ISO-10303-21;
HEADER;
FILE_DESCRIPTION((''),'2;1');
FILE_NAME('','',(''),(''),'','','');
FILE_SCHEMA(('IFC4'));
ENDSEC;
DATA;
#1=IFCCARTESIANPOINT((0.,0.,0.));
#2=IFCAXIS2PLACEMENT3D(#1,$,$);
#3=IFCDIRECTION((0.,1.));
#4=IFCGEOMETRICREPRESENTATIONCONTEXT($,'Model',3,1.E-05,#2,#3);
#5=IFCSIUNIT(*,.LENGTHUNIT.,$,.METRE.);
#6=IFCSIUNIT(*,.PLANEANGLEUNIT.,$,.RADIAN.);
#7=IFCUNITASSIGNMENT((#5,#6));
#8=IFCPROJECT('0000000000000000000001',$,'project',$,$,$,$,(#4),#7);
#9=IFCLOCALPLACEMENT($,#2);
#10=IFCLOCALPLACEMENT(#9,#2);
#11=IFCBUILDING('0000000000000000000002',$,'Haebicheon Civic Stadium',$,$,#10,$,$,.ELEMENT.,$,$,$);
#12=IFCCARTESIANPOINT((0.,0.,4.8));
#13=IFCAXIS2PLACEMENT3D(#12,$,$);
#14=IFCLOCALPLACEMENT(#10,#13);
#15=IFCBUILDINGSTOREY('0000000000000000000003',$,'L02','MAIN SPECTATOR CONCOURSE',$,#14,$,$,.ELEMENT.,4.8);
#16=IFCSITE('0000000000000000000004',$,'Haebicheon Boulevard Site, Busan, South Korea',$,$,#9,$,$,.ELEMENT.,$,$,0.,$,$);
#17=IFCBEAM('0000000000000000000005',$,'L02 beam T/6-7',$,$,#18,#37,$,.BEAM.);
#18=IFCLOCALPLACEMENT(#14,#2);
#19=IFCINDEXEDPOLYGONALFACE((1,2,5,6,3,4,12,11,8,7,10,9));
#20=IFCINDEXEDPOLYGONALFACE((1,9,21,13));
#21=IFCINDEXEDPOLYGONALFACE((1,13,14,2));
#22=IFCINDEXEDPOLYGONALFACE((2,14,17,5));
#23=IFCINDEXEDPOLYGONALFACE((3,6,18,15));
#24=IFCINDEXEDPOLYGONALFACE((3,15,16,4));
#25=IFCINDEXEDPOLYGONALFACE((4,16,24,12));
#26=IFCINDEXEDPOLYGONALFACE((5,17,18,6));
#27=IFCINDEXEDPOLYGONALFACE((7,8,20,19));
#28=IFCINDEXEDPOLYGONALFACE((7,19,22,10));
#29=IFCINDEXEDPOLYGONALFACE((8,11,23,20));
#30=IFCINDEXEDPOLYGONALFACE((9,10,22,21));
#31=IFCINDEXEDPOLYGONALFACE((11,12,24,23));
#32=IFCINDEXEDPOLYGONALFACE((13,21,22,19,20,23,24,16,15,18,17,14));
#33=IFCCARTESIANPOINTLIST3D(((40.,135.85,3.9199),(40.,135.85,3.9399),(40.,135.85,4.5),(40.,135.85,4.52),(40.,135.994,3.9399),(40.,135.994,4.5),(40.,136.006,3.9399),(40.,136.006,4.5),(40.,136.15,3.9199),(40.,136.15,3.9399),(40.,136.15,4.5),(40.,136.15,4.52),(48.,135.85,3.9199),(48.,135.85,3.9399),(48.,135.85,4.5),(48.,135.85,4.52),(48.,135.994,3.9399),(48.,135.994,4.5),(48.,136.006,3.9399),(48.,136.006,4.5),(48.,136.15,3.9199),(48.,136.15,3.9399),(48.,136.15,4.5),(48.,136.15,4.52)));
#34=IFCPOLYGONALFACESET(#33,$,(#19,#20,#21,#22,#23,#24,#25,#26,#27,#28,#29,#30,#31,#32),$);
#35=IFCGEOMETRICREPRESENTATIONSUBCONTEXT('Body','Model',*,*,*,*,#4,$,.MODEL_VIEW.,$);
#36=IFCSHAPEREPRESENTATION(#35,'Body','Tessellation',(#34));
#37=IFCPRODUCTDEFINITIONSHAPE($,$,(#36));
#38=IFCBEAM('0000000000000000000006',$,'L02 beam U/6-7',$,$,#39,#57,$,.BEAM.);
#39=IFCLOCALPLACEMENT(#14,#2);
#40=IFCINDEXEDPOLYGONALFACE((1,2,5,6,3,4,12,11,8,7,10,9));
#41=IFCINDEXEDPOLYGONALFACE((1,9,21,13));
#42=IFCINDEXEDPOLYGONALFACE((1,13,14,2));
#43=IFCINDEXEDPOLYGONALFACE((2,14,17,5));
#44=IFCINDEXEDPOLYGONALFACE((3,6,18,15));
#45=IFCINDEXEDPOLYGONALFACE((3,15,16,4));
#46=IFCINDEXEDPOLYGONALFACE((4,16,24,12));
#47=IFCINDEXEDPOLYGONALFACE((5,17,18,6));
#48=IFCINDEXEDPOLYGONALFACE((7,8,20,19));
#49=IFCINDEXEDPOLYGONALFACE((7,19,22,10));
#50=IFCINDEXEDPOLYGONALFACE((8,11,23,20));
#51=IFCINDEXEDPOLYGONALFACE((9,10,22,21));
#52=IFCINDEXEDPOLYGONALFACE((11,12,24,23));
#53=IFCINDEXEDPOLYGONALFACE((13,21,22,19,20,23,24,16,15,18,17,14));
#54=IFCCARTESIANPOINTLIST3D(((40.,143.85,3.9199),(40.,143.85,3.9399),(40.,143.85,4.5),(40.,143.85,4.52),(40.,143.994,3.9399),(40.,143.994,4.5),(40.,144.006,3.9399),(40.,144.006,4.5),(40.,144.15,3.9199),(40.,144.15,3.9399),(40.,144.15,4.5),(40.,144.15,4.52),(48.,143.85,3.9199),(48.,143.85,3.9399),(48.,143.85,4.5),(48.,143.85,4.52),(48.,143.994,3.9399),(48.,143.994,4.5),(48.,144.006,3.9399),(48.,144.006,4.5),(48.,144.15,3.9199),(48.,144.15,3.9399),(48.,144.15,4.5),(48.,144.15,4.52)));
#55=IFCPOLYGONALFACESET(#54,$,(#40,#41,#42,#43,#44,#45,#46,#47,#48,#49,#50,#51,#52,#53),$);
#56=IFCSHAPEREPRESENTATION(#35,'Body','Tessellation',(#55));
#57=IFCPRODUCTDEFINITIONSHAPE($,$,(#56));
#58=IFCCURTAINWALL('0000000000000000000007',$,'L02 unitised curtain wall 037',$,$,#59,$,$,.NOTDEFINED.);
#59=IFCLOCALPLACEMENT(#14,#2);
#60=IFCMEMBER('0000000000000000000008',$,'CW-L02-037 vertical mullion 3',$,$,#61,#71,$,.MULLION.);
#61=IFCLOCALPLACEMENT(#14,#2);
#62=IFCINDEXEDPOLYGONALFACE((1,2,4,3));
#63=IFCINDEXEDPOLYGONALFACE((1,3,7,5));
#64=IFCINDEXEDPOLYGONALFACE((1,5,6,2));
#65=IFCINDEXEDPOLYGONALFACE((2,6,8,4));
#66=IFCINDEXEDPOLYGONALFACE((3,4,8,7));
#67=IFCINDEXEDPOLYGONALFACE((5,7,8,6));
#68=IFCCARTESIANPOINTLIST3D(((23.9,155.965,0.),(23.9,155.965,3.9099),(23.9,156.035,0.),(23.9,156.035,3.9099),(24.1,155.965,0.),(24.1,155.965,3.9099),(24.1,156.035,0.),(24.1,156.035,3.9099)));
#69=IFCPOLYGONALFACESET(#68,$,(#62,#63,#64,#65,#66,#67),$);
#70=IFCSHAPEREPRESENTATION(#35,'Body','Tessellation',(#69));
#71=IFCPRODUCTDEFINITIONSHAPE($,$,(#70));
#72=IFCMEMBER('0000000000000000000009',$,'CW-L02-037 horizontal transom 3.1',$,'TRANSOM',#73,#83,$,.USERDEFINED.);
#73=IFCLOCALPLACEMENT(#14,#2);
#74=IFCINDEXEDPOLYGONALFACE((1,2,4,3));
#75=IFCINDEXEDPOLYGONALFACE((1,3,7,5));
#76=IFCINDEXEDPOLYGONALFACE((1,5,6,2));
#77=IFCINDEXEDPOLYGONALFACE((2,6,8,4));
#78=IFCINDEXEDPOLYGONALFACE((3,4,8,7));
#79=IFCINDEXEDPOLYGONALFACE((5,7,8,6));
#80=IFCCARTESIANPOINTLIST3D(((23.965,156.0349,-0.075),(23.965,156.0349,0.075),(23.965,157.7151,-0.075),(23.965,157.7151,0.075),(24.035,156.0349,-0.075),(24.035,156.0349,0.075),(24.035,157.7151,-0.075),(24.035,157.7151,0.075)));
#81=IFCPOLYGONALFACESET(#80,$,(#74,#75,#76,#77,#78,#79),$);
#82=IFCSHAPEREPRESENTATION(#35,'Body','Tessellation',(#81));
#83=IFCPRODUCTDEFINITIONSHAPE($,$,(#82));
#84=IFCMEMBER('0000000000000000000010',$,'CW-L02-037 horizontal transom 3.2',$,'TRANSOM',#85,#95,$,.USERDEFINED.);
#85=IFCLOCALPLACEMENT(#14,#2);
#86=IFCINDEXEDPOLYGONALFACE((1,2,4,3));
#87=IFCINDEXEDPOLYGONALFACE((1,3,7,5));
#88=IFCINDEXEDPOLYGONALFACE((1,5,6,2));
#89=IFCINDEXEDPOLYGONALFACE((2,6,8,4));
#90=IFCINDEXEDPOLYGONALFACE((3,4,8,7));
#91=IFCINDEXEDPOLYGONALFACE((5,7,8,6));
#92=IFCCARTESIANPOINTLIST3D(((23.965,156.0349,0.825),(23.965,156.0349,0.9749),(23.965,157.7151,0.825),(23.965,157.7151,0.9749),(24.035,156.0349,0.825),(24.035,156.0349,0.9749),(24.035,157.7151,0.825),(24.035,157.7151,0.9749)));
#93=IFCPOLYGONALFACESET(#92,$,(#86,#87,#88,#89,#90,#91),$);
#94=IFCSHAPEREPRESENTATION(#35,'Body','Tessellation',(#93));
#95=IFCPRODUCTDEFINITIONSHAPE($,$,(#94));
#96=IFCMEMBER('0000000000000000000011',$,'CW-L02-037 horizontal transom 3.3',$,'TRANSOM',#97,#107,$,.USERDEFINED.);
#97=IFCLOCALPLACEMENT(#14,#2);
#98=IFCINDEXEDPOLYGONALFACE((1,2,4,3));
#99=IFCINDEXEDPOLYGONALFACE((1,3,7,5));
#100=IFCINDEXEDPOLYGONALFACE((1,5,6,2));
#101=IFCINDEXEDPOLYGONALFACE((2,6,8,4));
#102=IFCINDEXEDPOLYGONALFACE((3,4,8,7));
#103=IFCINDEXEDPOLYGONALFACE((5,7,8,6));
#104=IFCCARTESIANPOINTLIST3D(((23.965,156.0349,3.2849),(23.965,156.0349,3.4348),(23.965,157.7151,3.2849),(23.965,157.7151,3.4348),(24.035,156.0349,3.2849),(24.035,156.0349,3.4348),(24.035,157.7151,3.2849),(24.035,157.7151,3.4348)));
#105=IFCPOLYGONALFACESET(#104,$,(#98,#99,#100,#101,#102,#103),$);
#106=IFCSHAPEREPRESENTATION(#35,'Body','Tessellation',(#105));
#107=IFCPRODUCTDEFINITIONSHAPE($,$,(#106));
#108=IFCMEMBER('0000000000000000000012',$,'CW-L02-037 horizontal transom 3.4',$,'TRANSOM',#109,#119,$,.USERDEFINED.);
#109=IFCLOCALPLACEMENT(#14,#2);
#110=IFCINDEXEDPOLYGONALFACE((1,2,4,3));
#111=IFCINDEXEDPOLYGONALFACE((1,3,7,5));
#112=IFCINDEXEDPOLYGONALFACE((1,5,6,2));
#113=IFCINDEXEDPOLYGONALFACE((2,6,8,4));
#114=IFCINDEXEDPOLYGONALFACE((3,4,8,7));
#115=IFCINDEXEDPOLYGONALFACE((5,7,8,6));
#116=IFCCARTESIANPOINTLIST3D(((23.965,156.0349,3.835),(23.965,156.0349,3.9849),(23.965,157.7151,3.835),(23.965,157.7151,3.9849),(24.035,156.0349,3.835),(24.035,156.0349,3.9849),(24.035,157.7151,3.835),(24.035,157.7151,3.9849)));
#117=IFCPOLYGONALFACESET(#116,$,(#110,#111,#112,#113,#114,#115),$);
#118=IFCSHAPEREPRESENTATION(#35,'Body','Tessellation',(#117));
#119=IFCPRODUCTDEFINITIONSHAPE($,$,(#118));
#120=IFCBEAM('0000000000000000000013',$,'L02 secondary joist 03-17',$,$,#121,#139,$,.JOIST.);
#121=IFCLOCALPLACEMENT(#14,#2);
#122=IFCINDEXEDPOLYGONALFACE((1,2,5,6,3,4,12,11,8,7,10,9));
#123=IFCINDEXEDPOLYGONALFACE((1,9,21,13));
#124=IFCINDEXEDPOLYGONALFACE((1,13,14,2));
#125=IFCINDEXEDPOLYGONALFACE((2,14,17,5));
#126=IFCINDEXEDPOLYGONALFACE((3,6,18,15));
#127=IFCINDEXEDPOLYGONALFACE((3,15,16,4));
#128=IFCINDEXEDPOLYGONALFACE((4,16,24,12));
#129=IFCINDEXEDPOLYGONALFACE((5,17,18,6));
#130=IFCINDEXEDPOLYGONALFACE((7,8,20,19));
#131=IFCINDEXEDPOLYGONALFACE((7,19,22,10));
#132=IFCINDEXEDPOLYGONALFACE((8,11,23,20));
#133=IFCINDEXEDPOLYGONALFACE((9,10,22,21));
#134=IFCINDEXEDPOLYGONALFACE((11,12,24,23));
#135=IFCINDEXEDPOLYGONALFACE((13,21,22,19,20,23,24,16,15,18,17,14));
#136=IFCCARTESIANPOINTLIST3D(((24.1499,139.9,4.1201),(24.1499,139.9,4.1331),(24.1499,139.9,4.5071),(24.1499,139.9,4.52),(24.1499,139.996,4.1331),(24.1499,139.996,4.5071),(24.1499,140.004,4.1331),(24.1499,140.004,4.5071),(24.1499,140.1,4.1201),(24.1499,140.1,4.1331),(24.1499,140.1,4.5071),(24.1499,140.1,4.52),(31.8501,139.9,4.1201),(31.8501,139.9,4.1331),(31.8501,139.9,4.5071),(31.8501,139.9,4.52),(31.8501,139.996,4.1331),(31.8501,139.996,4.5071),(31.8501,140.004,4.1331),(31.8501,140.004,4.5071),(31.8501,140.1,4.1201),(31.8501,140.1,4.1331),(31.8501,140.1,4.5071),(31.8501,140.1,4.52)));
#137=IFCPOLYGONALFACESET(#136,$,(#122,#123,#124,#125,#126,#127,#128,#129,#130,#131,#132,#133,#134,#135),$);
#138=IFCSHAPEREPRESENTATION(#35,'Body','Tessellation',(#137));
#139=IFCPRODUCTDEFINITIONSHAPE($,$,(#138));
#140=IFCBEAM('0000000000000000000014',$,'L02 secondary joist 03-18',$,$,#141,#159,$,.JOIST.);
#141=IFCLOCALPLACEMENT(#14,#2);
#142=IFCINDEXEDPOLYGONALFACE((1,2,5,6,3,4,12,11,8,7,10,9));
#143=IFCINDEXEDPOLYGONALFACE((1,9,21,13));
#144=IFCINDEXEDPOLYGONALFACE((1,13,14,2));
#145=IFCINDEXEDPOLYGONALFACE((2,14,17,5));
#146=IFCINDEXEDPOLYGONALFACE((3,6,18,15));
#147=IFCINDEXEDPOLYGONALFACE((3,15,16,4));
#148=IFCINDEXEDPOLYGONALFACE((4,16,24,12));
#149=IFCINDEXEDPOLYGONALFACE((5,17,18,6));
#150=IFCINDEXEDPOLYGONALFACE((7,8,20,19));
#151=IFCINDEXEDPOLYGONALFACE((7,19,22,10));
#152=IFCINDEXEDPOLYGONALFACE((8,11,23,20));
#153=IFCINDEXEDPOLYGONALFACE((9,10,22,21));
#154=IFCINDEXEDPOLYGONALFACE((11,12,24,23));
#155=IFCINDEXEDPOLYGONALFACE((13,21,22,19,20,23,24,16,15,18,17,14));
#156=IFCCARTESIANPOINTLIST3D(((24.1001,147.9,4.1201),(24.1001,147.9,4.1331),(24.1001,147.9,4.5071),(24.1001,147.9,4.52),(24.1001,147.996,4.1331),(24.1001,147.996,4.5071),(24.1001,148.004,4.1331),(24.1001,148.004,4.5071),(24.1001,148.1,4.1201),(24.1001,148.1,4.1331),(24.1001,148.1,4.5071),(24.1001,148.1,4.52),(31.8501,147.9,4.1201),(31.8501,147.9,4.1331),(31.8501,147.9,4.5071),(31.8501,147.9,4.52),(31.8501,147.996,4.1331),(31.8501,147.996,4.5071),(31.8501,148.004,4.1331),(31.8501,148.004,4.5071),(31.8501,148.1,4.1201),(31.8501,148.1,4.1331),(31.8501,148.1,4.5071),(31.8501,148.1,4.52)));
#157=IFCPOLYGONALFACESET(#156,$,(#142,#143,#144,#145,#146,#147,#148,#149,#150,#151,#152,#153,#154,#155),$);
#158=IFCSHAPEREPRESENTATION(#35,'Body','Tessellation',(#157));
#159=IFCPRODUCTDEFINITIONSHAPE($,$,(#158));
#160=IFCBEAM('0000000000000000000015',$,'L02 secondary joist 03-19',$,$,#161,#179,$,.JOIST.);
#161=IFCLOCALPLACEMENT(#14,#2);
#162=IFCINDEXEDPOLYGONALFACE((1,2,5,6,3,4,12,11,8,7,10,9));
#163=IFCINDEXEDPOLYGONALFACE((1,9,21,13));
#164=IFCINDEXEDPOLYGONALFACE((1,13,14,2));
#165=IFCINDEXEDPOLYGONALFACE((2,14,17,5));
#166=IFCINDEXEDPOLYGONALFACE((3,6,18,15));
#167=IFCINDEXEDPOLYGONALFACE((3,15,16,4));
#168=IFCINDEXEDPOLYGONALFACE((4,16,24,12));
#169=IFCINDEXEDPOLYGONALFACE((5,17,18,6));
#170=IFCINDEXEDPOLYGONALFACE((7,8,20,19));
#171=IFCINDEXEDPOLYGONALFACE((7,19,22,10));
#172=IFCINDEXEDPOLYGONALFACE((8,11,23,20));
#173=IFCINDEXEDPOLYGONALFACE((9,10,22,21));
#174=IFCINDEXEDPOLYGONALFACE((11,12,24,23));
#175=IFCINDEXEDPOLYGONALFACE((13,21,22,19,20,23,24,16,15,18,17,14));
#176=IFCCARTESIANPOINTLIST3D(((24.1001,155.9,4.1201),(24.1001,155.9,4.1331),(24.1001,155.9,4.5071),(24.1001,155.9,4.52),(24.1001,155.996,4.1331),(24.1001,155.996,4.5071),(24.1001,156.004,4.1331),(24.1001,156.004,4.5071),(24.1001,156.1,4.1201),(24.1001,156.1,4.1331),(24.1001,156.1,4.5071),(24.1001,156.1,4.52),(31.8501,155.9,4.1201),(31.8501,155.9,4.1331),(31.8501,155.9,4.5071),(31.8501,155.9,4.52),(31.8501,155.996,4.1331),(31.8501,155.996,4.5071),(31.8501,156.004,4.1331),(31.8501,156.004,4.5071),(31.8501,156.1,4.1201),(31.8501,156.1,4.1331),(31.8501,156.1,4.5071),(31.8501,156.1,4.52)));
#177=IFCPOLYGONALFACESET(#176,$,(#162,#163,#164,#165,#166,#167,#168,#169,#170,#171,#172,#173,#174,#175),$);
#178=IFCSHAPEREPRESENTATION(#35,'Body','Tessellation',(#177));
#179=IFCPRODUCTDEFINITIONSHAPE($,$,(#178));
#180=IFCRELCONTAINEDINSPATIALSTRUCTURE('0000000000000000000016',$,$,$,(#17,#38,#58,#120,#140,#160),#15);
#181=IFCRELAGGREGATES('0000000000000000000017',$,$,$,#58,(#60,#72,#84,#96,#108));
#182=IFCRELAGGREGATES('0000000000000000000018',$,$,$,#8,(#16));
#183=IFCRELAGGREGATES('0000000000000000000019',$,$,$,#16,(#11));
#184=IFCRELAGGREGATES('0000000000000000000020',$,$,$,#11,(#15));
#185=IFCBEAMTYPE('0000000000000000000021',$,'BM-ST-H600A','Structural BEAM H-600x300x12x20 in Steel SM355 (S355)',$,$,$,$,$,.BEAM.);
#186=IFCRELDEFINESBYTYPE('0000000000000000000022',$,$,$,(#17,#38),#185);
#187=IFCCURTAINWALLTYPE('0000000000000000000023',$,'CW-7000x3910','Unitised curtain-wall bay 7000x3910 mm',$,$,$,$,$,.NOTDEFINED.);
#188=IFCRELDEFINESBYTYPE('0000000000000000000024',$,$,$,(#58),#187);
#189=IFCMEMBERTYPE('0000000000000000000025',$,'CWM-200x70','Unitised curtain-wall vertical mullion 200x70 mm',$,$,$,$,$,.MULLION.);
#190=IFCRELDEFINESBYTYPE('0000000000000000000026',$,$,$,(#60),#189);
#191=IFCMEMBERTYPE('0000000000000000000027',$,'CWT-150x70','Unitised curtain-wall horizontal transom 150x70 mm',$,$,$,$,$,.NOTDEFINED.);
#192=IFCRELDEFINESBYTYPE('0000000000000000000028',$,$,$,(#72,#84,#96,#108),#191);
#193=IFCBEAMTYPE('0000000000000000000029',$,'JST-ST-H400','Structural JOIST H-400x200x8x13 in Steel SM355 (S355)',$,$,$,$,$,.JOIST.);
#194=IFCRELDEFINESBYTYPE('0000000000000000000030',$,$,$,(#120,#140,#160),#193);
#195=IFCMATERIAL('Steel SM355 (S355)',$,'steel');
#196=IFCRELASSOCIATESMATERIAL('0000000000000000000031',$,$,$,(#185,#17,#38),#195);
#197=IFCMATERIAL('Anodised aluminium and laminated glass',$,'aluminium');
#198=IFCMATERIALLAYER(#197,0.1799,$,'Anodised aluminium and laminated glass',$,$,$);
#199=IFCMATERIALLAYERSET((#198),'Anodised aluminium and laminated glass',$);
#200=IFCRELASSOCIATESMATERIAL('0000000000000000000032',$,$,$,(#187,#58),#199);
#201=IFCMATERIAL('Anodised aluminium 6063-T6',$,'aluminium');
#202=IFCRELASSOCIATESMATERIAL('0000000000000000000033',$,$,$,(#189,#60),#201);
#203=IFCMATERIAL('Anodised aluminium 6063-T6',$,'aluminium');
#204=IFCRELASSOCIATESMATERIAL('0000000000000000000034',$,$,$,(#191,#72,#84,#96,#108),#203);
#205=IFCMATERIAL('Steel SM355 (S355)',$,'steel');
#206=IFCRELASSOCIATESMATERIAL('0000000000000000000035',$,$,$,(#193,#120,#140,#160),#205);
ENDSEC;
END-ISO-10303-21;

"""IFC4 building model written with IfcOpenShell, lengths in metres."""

from ifc_helpers import new_model, si_unit, direction, frame, origin, origin_2d, place, context, subcontext, project, spatial, rectangle, i_section, extrude, material, layer, layer_set, material_profile, profile_set, type_object, element, aggregate, save


model = new_model("IFC4")

# Units and contexts
model_context = context("Model", 3, precision=1e-05, world=origin(), true_north=direction((0.0, 1.0)))
body_context = subcontext(model_context, "Body", "Model", "MODEL_VIEW")
ifc_project = project(units=[si_unit("LENGTHUNIT", "METRE"), si_unit("PLANEANGLEUNIT", "RADIAN")], contexts=[model_context])

# Site, building, storey
site_placement = place(None, origin())
site = spatial("IfcSite", under=ifc_project, at=site_placement, Name="Haebicheon Boulevard Site, Busan, South Korea", CompositionType="ELEMENT", RefElevation=0.0)
building_placement = place(site_placement, origin())
building = spatial("IfcBuilding", under=site, at=building_placement, Name="Haebicheon Civic Stadium", CompositionType="ELEMENT")
storey_placement = place(building_placement, frame((0.0, 0.0, 4.8)))
storey = spatial("IfcBuildingStorey", under=building, at=storey_placement, Name="L02", Description="MAIN SPECTATOR CONCOURSE", CompositionType="ELEMENT", Elevation=4.8)

# Beams
ifc_material_1 = material(Name="Steel SM355 (S355)", Category="steel")
ifc_material_profile_1 = material_profile(ifc_material_1, i_section(OverallWidth=0.3, OverallDepth=0.6001, WebThickness=0.012, FlangeThickness=0.02, at=origin_2d()), Name="H-600x300x12x20")
ifc_profile_set_1 = profile_set([ifc_material_profile_1], Name="Steel SM355 (S355)")
beam_type_1 = type_object("IfcBeamType", Name="BM-ST-H600A", Description="Structural BEAM H-600x300x12x20 in Steel SM355 (S355)", PredefinedType="BEAM", material=ifc_profile_set_1)
for number, where, z_axis, x_axis, name in (
    (1, (40.0, 136.0, 4.22), (1.0, 0.0, 0.0), (0.0, 1.0, 0.0), "L02 beam T/6-7"),
    (2, (40.0, 144.0, 4.22), (1.0, 0.0, 0.0), (0.0, 1.0, 0.0), "L02 beam U/6-7"),
):
    element("IfcBeam", number, at=place(storey_placement, frame(where, z_axis=z_axis, x_axis=x_axis)), inside=storey, type_object=beam_type_1, material=ifc_profile_set_1, Name=name, PredefinedType="BEAM", context=body_context, shape_type="SweptSolid", body=[
        extrude(i_section(OverallWidth=0.3, OverallDepth=0.6001, WebThickness=0.012, FlangeThickness=0.02, at=origin_2d()), origin(), (0.0, 0.0, 1.0), 8.0),
    ])

# Curtain wall, members
ifc_material_2 = material(Name="Anodised aluminium and laminated glass", Category="aluminium")
ifc_layer_1 = layer(ifc_material_2, 0.1799, Name="Anodised aluminium and laminated glass")
ifc_layer_set_1 = layer_set([ifc_layer_1], Name="Anodised aluminium and laminated glass")
curtain_wall_type = type_object("IfcCurtainWallType", Name="CW-7000x3910", Description="Unitised curtain-wall bay 7000x3910 mm", PredefinedType="NOTDEFINED", material=ifc_layer_set_1)
curtain_wall_placement = place(storey_placement, origin())
curtain_wall = element("IfcCurtainWall", 3, at=curtain_wall_placement, inside=storey, type_object=curtain_wall_type, material=ifc_layer_set_1, Name="L02 unitised curtain wall 037", PredefinedType="NOTDEFINED")
ifc_material_3 = material(Name="Anodised aluminium 6063-T6", Category="aluminium")
ifc_material_profile_2 = material_profile(ifc_material_3, rectangle(XDim=0.0701, YDim=0.2, at=origin_2d()), Name="ALU-MULL-70x200")
ifc_profile_set_2 = profile_set([ifc_material_profile_2], Name="Anodised aluminium 6063-T6")
member_type_1 = type_object("IfcMemberType", Name="CWM-200x70", Description="Unitised curtain-wall vertical mullion 200x70 mm", PredefinedType="MULLION", material=ifc_profile_set_2)
member_1_placement = place(storey_placement, frame((24.0, 156.0, 0.0), z_axis=(0.0, 0.0, 1.0), x_axis=(0.0, 1.0, 0.0)))
member_1 = element("IfcMember", 4, at=member_1_placement, type_object=member_type_1, material=ifc_profile_set_2, Name="CW-L02-037 vertical mullion 3", PredefinedType="MULLION", context=body_context, shape_type="SweptSolid", body=[
    extrude(rectangle(XDim=0.0701, YDim=0.2, at=origin_2d()), origin(), (0.0, 0.0, 1.0), 3.9099),
])
ifc_material_4 = material(Name="Anodised aluminium 6063-T6", Category="aluminium")
ifc_material_profile_3 = material_profile(ifc_material_4, rectangle(XDim=0.0701, YDim=0.1499, at=origin_2d()), Name="ALU-TRAN-70x150")
ifc_profile_set_3 = profile_set([ifc_material_profile_3], Name="Anodised aluminium 6063-T6")
member_type_2 = type_object("IfcMemberType", Name="CWT-150x70", Description="Unitised curtain-wall horizontal transom 150x70 mm", PredefinedType="NOTDEFINED", material=ifc_profile_set_3)
member_2_placement = place(storey_placement, frame((24.0, 156.0349, 0.0), z_axis=(0.0, 1.0, 0.0), x_axis=(-1.0, 0.0, 0.0)))
member_2 = element("IfcMember", 5, at=member_2_placement, type_object=member_type_2, material=ifc_profile_set_3, Name="CW-L02-037 horizontal transom 3.1", ObjectType="TRANSOM", PredefinedType="USERDEFINED", context=body_context, shape_type="SweptSolid", body=[
    extrude(rectangle(XDim=0.0701, YDim=0.1499, at=origin_2d()), origin(), (0.0, 0.0, 1.0), 1.6802),
])
member_3_placement = place(storey_placement, frame((24.0, 156.0349, 0.8999), z_axis=(0.0, 1.0, 0.0), x_axis=(-1.0, 0.0, 0.0)))
member_3 = element("IfcMember", 6, at=member_3_placement, type_object=member_type_2, material=ifc_profile_set_3, Name="CW-L02-037 horizontal transom 3.2", ObjectType="TRANSOM", PredefinedType="USERDEFINED", context=body_context, shape_type="SweptSolid", body=[
    extrude(rectangle(XDim=0.0701, YDim=0.1499, at=origin_2d()), origin(), (0.0, 0.0, 1.0), 1.6802),
])
member_4_placement = place(storey_placement, frame((24.0, 156.0349, 3.3599), z_axis=(0.0, 1.0, 0.0), x_axis=(-1.0, 0.0, 0.0)))
member_4 = element("IfcMember", 7, at=member_4_placement, type_object=member_type_2, material=ifc_profile_set_3, Name="CW-L02-037 horizontal transom 3.3", ObjectType="TRANSOM", PredefinedType="USERDEFINED", context=body_context, shape_type="SweptSolid", body=[
    extrude(rectangle(XDim=0.0701, YDim=0.1499, at=origin_2d()), origin(), (0.0, 0.0, 1.0), 1.6802),
])
member_5_placement = place(storey_placement, frame((24.0, 156.0349, 3.9099), z_axis=(0.0, 1.0, 0.0), x_axis=(-1.0, 0.0, 0.0)))
member_5 = element("IfcMember", 8, at=member_5_placement, type_object=member_type_2, material=ifc_profile_set_3, Name="CW-L02-037 horizontal transom 3.4", ObjectType="TRANSOM", PredefinedType="USERDEFINED", context=body_context, shape_type="SweptSolid", body=[
    extrude(rectangle(XDim=0.0701, YDim=0.1499, at=origin_2d()), origin(), (0.0, 0.0, 1.0), 1.6802),
])

# Beams
ifc_material_5 = material(Name="Steel SM355 (S355)", Category="steel")
ifc_material_profile_4 = material_profile(ifc_material_5, i_section(OverallWidth=0.2, OverallDepth=0.3999, WebThickness=0.0081, FlangeThickness=0.0129, at=origin_2d()), Name="H-400x200x8x13")
ifc_profile_set_4 = profile_set([ifc_material_profile_4], Name="Steel SM355 (S355)")
beam_type_2 = type_object("IfcBeamType", Name="JST-ST-H400", Description="Structural JOIST H-400x200x8x13 in Steel SM355 (S355)", PredefinedType="JOIST", material=ifc_profile_set_4)
beam_1_placement = place(storey_placement, frame((24.1499, 140.0, 4.3201), z_axis=(1.0, 0.0, 0.0), x_axis=(0.0, 1.0, 0.0)))
element("IfcBeam", 9, at=beam_1_placement, inside=storey, type_object=beam_type_2, material=ifc_profile_set_4, Name="L02 secondary joist 03-17", PredefinedType="JOIST", context=body_context, shape_type="SweptSolid", body=[
    extrude(i_section(OverallWidth=0.2, OverallDepth=0.3999, WebThickness=0.0081, FlangeThickness=0.0129, at=origin_2d()), origin(), (0.0, 0.0, 1.0), 7.7002),
])
for number, where, z_axis, x_axis, name in (
    (10, (24.1001, 148.0, 4.3201), (1.0, 0.0, 0.0), (0.0, 1.0, 0.0), "L02 secondary joist 03-18"),
    (11, (24.1001, 156.0, 4.3201), (1.0, 0.0, 0.0), (0.0, 1.0, 0.0), "L02 secondary joist 03-19"),
):
    element("IfcBeam", number, at=place(storey_placement, frame(where, z_axis=z_axis, x_axis=x_axis)), inside=storey, type_object=beam_type_2, material=ifc_profile_set_4, Name=name, PredefinedType="JOIST", context=body_context, shape_type="SweptSolid", body=[
        extrude(i_section(OverallWidth=0.2, OverallDepth=0.3999, WebThickness=0.0081, FlangeThickness=0.0129, at=origin_2d()), origin(), (0.0, 0.0, 1.0), 7.75),
    ])

aggregate(curtain_wall, [member_1, member_2, member_3, member_4, member_5])

save(model, "model.ifc")
